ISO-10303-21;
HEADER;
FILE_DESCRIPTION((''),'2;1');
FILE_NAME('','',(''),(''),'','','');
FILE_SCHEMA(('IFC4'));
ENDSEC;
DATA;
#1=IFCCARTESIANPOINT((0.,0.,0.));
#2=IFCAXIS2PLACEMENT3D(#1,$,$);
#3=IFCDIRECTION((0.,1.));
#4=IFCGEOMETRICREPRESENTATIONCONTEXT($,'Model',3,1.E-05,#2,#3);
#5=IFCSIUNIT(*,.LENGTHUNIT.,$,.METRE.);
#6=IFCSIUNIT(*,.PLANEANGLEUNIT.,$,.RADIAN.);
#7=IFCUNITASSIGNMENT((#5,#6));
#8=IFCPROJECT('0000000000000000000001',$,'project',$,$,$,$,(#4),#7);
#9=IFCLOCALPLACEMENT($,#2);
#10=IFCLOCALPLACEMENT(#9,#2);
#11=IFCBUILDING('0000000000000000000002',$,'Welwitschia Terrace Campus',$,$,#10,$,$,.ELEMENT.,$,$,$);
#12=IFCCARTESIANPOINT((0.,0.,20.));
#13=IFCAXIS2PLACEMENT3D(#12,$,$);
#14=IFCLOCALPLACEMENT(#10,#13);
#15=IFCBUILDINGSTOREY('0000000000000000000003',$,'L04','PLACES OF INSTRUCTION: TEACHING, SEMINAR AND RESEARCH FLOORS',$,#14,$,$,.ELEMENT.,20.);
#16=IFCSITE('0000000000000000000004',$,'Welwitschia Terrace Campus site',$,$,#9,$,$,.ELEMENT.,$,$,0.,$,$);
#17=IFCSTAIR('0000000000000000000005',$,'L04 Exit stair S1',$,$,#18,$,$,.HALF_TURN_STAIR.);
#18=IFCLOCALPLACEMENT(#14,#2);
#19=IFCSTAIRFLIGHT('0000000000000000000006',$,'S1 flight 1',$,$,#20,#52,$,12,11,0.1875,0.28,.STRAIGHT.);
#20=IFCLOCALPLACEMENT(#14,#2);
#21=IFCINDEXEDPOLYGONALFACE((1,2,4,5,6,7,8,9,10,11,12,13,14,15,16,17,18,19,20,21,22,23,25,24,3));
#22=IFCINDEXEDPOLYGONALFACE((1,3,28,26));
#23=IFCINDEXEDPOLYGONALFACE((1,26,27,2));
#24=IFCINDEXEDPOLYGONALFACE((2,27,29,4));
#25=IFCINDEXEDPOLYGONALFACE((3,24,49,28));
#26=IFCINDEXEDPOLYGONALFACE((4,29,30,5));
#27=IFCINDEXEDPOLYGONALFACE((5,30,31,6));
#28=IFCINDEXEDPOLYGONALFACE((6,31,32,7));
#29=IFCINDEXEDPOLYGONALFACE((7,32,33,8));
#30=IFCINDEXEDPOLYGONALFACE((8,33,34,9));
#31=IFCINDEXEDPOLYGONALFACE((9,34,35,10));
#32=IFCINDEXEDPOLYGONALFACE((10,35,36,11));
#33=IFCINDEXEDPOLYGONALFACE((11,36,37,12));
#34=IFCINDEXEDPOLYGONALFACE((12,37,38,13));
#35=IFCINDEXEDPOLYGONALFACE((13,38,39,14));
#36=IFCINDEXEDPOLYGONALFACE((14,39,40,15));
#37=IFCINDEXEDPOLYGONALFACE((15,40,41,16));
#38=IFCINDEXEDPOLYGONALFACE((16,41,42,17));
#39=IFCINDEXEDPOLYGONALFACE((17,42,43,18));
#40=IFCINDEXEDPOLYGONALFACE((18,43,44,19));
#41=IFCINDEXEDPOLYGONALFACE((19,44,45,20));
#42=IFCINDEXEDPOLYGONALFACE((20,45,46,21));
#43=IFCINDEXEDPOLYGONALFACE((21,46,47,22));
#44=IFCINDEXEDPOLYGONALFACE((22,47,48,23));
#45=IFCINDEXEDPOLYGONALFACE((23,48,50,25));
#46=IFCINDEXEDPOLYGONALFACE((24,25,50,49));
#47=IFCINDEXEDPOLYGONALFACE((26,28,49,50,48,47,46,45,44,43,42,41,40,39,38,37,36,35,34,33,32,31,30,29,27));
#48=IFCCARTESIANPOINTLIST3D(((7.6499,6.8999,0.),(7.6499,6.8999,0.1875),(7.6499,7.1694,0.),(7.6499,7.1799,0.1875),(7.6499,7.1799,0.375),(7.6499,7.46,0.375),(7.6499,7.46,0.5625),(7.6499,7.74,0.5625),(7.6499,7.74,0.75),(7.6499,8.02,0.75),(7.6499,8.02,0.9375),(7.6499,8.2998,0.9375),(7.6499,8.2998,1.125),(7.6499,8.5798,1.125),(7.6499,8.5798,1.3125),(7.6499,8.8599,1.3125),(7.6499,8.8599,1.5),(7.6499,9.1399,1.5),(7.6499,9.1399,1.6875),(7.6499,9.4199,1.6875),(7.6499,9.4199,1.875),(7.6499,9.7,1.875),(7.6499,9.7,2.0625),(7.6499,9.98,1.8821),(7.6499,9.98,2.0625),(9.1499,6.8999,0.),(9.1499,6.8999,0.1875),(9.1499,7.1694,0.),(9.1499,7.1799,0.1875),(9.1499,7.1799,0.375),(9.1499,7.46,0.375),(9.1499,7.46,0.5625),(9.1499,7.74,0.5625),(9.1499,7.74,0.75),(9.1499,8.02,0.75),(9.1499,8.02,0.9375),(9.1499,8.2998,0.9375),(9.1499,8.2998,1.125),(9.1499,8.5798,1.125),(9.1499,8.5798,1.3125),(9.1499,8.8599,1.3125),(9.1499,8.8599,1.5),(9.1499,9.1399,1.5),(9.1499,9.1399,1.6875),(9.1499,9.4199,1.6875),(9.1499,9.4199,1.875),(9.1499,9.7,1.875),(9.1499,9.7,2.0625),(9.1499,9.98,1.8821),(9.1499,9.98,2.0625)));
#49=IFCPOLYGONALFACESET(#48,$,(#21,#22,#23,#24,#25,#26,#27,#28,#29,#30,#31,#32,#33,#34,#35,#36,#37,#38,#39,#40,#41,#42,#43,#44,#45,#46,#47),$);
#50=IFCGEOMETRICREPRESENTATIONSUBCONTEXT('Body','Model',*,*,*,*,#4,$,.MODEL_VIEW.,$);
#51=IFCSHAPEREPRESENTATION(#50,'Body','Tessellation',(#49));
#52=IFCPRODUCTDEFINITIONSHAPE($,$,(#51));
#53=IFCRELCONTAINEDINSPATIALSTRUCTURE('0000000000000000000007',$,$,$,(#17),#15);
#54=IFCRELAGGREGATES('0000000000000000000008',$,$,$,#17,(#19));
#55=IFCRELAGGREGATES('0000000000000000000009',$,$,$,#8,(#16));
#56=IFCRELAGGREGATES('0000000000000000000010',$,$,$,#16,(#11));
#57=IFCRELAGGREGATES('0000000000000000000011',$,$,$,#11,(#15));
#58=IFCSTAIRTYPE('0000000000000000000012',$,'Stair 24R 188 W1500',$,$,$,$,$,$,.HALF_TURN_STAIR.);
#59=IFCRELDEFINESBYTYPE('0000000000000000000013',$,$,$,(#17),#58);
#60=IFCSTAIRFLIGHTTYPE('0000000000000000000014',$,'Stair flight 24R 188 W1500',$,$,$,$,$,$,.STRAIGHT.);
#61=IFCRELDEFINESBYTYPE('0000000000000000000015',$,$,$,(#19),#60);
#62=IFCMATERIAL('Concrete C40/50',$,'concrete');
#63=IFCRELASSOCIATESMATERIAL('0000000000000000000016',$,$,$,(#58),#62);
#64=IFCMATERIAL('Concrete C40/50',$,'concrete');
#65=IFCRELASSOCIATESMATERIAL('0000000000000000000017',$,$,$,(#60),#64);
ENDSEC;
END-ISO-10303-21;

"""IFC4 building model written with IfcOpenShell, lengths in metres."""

from ifc_helpers import new_model, si_unit, direction, frame, origin, place, context, subcontext, project, spatial, polyline, outline, extrude, material, type_object, element, aggregate, save


model = new_model("IFC4")

# Units and contexts
model_context = context("Model", 3, precision=1e-05, world=origin(), true_north=direction((0.0, 1.0)))
body_context = subcontext(model_context, "Body", "Model", "MODEL_VIEW")
ifc_project = project(units=[si_unit("LENGTHUNIT", "METRE"), si_unit("PLANEANGLEUNIT", "RADIAN")], contexts=[model_context])

# Site, building, storey
site_placement = place(None, origin())
site = spatial("IfcSite", under=ifc_project, at=site_placement, Name="Welwitschia Terrace Campus site", CompositionType="ELEMENT", RefElevation=0.0)
building_placement = place(site_placement, origin())
building = spatial("IfcBuilding", under=site, at=building_placement, Name="Welwitschia Terrace Campus", CompositionType="ELEMENT")
storey_placement = place(building_placement, frame((0.0, 0.0, 20.0)))
storey = spatial("IfcBuildingStorey", under=building, at=storey_placement, Name="L04", Description="PLACES OF INSTRUCTION: TEACHING, SEMINAR AND RESEARCH FLOORS", CompositionType="ELEMENT", Elevation=20.0)

# Stair, stair flight
ifc_material_1 = material(Name="Concrete C40/50", Category="concrete")
stair_type = type_object("IfcStairType", Name="Stair 24R 188 W1500", PredefinedType="HALF_TURN_STAIR", material=ifc_material_1)
stair_placement = place(storey_placement, origin())
stair = element("IfcStair", 1, at=stair_placement, inside=storey, type_object=stair_type, Name="L04 Exit stair S1", PredefinedType="HALF_TURN_STAIR")
ifc_material_2 = material(Name="Concrete C40/50", Category="concrete")
stair_flight_type = type_object("IfcStairFlightType", Name="Stair flight 24R 188 W1500", PredefinedType="STRAIGHT", material=ifc_material_2)
stair_flight_placement = place(storey_placement, frame((8.3999, 6.8999, 0.0), z_axis=(0.0, 0.0, 1.0), x_axis=(0.0, 1.0, 0.0)))
stair_flight = element("IfcStairFlight", 2, at=stair_flight_placement, type_object=stair_flight_type, Name="S1 flight 1", NumberOfRisers=12, NumberOfTreads=11, PredefinedType="STRAIGHT", RiserHeight=0.1875, TreadLength=0.28, context=body_context, shape_type="SweptSolid", body=[
    extrude(outline(polyline([(0.0, 0.0), (0.0, 0.1875), (0.28, 0.1875), (0.28, 0.375), (0.5601, 0.375), (0.5601, 0.5625), (0.8401, 0.5625), (0.8401, 0.75), (1.1201, 0.75), (1.1201, 0.9375), (1.3999, 0.9375), (1.3999, 1.125), (1.6799, 1.125), (1.6799, 1.3125), (1.96, 1.3125), (1.96, 1.5), (2.24, 1.5), (2.24, 1.6875), (2.52, 1.6875), (2.52, 1.875), (2.8, 1.875), (2.8, 2.0625), (3.0801, 2.0625), (3.0801, 2.25), (3.0801, 1.8821), (0.2695, 0.0), (0.0, 0.0)])), frame((0.0, 0.75, 0.0), z_axis=(0.0, -1.0, 0.0), x_axis=(1.0, 0.0, 0.0)), (0.0, 0.0, 1.0), 1.5),
])
aggregate(stair, [stair_flight])

save(model, "model.ifc")
